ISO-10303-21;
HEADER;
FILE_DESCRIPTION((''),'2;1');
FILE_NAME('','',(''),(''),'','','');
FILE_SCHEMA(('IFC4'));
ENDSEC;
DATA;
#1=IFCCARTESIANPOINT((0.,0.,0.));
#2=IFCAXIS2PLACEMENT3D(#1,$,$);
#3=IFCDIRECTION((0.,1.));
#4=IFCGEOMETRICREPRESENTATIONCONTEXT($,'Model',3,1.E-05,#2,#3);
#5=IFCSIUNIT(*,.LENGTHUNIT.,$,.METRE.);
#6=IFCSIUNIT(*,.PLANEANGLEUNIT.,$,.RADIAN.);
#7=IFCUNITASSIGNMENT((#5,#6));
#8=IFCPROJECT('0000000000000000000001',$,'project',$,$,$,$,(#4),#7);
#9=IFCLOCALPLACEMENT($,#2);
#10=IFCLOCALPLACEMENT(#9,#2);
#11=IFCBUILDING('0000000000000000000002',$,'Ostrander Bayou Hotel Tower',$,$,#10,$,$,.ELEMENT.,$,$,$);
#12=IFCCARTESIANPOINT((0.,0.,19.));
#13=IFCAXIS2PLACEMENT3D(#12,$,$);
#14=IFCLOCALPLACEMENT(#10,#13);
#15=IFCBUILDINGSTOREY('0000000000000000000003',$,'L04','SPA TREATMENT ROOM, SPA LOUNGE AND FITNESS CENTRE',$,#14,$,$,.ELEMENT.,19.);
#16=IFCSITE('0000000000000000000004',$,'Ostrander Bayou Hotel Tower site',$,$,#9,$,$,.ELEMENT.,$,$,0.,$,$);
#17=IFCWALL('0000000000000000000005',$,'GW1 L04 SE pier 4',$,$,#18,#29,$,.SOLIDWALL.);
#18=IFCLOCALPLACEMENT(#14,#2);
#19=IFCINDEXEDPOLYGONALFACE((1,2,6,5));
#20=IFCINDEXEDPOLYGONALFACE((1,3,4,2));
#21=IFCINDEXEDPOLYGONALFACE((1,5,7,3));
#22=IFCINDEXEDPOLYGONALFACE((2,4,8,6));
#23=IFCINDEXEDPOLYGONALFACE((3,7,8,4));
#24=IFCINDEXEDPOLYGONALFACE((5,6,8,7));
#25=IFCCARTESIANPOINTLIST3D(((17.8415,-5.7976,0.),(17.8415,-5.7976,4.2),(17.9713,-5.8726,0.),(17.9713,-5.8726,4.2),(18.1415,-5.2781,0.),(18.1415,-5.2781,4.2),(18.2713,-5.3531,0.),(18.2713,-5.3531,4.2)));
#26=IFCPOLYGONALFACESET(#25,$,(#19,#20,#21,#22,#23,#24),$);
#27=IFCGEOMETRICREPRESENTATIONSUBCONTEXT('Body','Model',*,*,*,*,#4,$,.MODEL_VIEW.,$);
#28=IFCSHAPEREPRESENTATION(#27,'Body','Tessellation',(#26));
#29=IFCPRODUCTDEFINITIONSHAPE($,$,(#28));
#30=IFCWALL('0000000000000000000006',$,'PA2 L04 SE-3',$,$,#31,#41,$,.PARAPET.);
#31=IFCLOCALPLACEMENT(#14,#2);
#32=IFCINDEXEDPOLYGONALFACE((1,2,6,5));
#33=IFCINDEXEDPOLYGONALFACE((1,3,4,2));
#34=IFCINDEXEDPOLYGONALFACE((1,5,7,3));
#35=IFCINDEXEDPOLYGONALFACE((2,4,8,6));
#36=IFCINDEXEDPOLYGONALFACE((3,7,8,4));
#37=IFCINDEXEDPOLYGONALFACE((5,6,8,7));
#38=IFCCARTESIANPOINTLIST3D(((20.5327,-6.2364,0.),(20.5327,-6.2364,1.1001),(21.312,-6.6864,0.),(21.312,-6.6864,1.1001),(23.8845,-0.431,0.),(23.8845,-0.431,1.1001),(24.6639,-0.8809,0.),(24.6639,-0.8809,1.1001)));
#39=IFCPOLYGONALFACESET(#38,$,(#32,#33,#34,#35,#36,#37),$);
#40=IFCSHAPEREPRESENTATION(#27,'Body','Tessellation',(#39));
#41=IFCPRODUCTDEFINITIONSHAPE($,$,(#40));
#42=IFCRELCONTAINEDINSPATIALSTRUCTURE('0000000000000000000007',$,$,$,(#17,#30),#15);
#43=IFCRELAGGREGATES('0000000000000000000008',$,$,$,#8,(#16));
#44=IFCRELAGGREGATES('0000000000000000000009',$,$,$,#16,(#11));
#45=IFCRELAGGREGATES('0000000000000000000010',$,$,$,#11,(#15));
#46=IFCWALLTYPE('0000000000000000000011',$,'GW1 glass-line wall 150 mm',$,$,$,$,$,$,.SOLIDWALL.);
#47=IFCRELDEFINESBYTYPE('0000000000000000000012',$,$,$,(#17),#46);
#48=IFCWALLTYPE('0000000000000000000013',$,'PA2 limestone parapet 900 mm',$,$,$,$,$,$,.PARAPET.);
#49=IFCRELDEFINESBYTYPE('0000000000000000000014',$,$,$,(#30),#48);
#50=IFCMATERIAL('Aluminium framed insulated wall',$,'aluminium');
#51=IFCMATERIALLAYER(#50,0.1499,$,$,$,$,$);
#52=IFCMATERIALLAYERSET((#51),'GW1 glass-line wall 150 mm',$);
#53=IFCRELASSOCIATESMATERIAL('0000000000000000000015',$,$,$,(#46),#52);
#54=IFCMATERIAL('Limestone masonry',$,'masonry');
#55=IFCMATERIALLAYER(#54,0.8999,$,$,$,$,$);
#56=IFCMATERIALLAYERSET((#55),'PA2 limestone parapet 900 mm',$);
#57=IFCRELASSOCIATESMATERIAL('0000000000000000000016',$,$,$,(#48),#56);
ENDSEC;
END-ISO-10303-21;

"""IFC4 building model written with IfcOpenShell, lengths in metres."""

from ifc_helpers import new_model, si_unit, direction, frame, frame_2d, origin, place, context, subcontext, project, spatial, rectangle, extrude, material, layer, layer_set, type_object, element, save


model = new_model("IFC4")

# Units and contexts
model_context = context("Model", 3, precision=1e-05, world=origin(), true_north=direction((0.0, 1.0)))
body_context = subcontext(model_context, "Body", "Model", "MODEL_VIEW")
ifc_project = project(units=[si_unit("LENGTHUNIT", "METRE"), si_unit("PLANEANGLEUNIT", "RADIAN")], contexts=[model_context])

# Site, building, storey
site_placement = place(None, origin())
site = spatial("IfcSite", under=ifc_project, at=site_placement, Name="Ostrander Bayou Hotel Tower site", CompositionType="ELEMENT", RefElevation=0.0)
building_placement = place(site_placement, origin())
building = spatial("IfcBuilding", under=site, at=building_placement, Name="Ostrander Bayou Hotel Tower", CompositionType="ELEMENT")
storey_placement = place(building_placement, frame((0.0, 0.0, 19.0)))
storey = spatial("IfcBuildingStorey", under=building, at=storey_placement, Name="L04", Description="SPA TREATMENT ROOM, SPA LOUNGE AND FITNESS CENTRE", CompositionType="ELEMENT", Elevation=19.0)

# Walls
ifc_material_1 = material(Name="Aluminium framed insulated wall", Category="aluminium")
ifc_layer_1 = layer(ifc_material_1, 0.1499)
ifc_layer_set_1 = layer_set([ifc_layer_1], Name="GW1 glass-line wall 150 mm")
wall_type_1 = type_object("IfcWallType", Name="GW1 glass-line wall 150 mm", PredefinedType="SOLIDWALL", material=ifc_layer_set_1)
wall_1_placement = place(storey_placement, frame((17.9065, -5.835, 0.0), z_axis=(0.0, 0.0, 1.0), x_axis=(0.500122, 0.865955, 0.0)))
element("IfcWall", 1, at=wall_1_placement, inside=storey, type_object=wall_type_1, Name="GW1 L04 SE pier 4", PredefinedType="SOLIDWALL", context=body_context, shape_type="SweptSolid", body=[
    extrude(rectangle(XDim=0.5999, YDim=0.1499, at=frame_2d((0.2998, 0.0))), origin(), (0.0, 0.0, 1.0), 4.2),
])
ifc_material_2 = material(Name="Limestone masonry", Category="masonry")
ifc_layer_2 = layer(ifc_material_2, 0.8999)
ifc_layer_set_2 = layer_set([ifc_layer_2], Name="PA2 limestone parapet 900 mm")
wall_type_2 = type_object("IfcWallType", Name="PA2 limestone parapet 900 mm", PredefinedType="PARAPET", material=ifc_layer_set_2)
wall_2_placement = place(storey_placement, frame((20.9224, -6.4614, 0.0), z_axis=(0.0, 0.0, 1.0), x_axis=(0.500005, 0.866022, 0.0)))
element("IfcWall", 2, at=wall_2_placement, inside=storey, type_object=wall_type_2, Name="PA2 L04 SE-3", PredefinedType="PARAPET", context=body_context, shape_type="SweptSolid", body=[
    extrude(rectangle(XDim=6.7036, YDim=0.8999, at=frame_2d((3.3518, 0.0))), origin(), (0.0, 0.0, 1.0), 1.1001),
])

save(model, "model.ifc")
